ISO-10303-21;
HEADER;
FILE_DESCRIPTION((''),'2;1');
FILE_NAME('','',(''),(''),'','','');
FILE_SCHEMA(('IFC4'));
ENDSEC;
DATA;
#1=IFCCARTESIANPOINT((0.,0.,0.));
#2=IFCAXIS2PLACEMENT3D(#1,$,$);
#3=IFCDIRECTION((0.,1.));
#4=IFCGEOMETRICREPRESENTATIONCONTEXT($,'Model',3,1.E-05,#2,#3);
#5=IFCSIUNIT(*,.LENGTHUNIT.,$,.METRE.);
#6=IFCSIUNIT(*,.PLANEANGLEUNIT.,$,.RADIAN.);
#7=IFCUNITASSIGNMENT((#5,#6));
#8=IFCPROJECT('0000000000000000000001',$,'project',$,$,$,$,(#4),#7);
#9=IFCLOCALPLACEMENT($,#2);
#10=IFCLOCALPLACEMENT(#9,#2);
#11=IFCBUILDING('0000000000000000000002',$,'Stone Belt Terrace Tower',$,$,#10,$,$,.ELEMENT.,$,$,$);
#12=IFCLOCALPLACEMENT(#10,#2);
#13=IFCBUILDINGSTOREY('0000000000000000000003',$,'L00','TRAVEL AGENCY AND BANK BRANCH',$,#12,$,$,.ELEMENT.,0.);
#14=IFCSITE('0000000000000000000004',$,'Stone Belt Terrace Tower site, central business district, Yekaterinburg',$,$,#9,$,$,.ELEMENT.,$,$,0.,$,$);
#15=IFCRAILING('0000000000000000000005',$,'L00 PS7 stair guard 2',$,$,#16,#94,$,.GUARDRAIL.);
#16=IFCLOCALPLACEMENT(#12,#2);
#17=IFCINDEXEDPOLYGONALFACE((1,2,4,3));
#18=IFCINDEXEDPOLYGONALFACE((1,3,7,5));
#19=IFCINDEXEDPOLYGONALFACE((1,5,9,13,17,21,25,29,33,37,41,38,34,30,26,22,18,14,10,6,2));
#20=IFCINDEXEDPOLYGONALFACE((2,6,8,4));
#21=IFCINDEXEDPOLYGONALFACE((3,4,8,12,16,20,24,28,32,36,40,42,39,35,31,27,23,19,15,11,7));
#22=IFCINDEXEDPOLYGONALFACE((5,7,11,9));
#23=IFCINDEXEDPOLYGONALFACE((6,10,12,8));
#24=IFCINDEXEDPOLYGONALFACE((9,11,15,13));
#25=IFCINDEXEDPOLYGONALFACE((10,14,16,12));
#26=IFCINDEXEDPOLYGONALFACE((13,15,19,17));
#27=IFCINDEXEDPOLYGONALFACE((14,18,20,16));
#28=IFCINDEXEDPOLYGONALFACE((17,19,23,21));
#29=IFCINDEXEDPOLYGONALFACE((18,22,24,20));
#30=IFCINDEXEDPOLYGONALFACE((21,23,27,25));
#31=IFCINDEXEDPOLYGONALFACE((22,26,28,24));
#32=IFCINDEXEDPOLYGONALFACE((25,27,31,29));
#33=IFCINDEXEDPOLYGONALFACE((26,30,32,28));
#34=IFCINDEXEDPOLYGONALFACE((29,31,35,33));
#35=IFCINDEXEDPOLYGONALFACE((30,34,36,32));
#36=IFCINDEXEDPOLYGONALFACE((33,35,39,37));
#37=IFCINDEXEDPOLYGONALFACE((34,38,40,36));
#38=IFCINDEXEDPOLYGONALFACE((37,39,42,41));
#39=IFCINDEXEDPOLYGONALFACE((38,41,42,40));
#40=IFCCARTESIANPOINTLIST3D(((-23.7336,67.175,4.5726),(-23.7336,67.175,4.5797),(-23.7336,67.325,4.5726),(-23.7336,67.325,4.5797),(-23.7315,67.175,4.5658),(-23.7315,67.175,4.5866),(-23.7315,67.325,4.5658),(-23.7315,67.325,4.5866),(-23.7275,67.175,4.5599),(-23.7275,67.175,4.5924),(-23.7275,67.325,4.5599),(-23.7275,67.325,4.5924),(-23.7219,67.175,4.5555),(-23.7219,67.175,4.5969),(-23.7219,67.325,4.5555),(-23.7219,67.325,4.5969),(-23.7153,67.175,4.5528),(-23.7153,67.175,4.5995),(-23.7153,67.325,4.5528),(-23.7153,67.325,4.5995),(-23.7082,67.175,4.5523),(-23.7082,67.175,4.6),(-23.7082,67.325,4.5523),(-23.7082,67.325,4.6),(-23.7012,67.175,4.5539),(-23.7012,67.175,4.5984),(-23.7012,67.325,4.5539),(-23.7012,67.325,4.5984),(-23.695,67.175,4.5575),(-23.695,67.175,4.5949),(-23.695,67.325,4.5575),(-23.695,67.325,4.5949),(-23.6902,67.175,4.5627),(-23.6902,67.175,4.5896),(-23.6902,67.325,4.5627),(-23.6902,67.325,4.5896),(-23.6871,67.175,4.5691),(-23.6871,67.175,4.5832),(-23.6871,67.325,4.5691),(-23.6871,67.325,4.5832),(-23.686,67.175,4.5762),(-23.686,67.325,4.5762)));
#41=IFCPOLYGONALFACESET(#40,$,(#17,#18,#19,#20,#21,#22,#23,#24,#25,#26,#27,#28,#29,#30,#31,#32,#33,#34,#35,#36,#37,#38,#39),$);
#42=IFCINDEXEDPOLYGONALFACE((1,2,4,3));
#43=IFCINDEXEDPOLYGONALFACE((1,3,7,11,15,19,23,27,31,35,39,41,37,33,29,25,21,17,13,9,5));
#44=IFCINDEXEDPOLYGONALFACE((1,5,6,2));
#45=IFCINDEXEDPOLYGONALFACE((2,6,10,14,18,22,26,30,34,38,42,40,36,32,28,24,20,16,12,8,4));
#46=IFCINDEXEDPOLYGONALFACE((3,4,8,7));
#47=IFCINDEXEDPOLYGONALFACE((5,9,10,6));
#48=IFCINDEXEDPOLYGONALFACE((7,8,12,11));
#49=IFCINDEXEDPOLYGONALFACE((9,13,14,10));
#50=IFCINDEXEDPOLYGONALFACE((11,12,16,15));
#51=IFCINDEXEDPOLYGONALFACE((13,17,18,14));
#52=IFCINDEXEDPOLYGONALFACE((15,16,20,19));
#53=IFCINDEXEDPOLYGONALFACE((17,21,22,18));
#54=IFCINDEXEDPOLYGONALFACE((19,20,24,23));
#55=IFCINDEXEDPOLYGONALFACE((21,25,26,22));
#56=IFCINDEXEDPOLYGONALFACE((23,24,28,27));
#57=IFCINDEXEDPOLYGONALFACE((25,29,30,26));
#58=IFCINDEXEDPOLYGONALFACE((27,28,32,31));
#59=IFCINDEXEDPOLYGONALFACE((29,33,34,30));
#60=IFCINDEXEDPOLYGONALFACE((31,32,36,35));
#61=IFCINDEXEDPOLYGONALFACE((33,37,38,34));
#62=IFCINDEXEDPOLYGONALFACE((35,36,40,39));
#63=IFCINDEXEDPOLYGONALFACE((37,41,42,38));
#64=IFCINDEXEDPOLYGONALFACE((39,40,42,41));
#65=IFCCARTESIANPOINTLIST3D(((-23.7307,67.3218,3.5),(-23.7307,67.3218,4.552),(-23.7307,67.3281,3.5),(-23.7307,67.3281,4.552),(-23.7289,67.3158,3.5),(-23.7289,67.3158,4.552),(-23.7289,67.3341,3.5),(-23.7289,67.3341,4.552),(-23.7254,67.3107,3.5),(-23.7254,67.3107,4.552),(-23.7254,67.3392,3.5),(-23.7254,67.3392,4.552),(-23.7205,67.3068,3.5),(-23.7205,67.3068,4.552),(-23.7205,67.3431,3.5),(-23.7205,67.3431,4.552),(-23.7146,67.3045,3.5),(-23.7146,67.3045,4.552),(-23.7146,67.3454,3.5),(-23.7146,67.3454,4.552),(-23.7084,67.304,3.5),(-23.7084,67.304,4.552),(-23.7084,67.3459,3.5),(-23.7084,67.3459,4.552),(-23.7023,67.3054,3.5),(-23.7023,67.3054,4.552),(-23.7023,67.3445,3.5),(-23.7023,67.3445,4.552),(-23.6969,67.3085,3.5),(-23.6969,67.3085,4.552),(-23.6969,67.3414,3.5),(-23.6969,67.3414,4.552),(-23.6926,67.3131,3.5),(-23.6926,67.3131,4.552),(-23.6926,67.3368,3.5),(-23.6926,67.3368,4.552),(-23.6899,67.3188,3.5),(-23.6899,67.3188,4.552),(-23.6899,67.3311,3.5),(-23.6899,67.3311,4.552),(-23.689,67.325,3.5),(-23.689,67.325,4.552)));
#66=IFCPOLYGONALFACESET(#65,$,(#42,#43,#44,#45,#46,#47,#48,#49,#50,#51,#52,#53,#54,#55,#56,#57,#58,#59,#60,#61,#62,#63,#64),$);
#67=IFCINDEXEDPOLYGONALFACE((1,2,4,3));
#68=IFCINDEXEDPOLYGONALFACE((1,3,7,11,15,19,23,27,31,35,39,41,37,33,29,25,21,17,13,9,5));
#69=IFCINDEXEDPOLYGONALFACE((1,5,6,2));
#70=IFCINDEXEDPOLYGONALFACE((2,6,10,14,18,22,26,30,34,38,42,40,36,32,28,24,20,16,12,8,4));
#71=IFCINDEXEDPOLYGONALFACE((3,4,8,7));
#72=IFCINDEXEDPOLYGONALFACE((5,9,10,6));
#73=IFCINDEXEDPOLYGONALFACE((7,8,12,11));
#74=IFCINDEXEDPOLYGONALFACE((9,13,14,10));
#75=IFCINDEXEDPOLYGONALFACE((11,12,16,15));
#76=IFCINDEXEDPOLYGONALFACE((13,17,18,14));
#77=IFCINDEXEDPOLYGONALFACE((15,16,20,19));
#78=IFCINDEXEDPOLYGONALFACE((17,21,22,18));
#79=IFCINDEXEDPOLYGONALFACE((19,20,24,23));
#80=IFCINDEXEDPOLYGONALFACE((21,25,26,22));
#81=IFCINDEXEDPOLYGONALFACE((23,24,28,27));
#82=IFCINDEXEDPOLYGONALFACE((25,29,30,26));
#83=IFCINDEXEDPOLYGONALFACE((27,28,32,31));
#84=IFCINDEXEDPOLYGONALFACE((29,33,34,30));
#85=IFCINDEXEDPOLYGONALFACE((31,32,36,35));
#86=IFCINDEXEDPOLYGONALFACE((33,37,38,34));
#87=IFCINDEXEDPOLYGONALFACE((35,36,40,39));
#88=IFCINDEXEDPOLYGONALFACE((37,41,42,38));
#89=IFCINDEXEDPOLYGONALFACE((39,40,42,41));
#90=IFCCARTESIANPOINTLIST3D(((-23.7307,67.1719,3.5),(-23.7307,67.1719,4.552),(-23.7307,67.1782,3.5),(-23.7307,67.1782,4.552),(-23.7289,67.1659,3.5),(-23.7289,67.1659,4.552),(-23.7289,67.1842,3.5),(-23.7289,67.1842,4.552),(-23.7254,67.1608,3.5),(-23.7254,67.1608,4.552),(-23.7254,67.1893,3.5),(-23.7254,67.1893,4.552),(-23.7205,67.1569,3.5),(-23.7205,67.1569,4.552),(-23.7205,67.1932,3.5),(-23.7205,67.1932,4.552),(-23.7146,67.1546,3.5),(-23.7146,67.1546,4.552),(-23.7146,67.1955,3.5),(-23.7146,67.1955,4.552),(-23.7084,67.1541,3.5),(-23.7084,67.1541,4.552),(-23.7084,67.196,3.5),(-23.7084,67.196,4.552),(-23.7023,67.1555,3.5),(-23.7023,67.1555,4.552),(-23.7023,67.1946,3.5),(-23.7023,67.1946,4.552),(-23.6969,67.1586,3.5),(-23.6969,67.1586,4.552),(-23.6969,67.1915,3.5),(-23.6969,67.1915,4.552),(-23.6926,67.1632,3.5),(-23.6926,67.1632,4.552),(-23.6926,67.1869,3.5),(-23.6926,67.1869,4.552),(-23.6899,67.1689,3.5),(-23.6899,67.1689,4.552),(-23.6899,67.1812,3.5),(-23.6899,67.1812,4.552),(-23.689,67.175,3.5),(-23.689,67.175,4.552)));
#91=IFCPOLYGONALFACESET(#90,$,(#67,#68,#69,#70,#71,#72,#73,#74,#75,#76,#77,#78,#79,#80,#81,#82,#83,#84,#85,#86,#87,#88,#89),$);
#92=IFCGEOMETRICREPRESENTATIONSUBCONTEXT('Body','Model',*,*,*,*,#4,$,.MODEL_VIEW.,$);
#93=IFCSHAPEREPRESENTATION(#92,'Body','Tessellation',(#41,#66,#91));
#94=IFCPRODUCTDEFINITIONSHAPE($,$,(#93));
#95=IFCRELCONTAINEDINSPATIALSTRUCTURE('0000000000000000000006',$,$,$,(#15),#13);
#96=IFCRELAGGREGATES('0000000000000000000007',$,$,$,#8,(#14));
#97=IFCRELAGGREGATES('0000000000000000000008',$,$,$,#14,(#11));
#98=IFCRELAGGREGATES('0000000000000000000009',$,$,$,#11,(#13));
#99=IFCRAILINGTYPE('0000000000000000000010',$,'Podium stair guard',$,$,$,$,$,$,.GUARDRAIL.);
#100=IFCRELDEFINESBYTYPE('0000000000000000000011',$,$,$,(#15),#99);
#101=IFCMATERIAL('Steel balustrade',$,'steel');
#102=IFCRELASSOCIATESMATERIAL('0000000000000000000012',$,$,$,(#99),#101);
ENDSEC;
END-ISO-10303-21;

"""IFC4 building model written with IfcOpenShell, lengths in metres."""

from ifc_helpers import new_model, si_unit, direction, frame, origin, origin_2d, place, context, subcontext, project, spatial, circle, extrude, material, type_object, element, save


model = new_model("IFC4")

# Units and contexts
model_context = context("Model", 3, precision=1e-05, world=origin(), true_north=direction((0.0, 1.0)))
body_context = subcontext(model_context, "Body", "Model", "MODEL_VIEW")
ifc_project = project(units=[si_unit("LENGTHUNIT", "METRE"), si_unit("PLANEANGLEUNIT", "RADIAN")], contexts=[model_context])

# Site, building, storey
site_placement = place(None, origin())
site = spatial("IfcSite", under=ifc_project, at=site_placement, Name="Stone Belt Terrace Tower site, central business district, Yekaterinburg", CompositionType="ELEMENT", RefElevation=0.0)
building_placement = place(site_placement, origin())
building = spatial("IfcBuilding", under=site, at=building_placement, Name="Stone Belt Terrace Tower", CompositionType="ELEMENT")
storey_placement = place(building_placement, origin())
storey = spatial("IfcBuildingStorey", under=building, at=storey_placement, Name="L00", Description="TRAVEL AGENCY AND BANK BRANCH", CompositionType="ELEMENT", Elevation=0.0)

# Railing
ifc_material_1 = material(Name="Steel balustrade", Category="steel")
railing_type_1 = type_object("IfcRailingType", Name="Podium stair guard", PredefinedType="GUARDRAIL", material=ifc_material_1)
railing_1_placement = place(storey_placement, frame((-23.71, 67.325, 3.5)))
element("IfcRailing", 1, at=railing_1_placement, inside=storey, type_object=railing_type_1, Name="L00 PS7 stair guard 2", PredefinedType="GUARDRAIL", context=body_context, shape_type="SweptSolid", body=[
    extrude(circle(Radius=0.0239, at=origin_2d()), frame((0.0, 0.0, 1.0762), z_axis=(0.0, -1.0, 0.0), x_axis=(1.0, 0.0, 0.0)), (0.0, 0.0, 1.0), 0.1499),
    extrude(circle(Radius=0.021, at=origin_2d()), origin(), (0.0, 0.0, 1.0), 1.052),
    extrude(circle(Radius=0.021, at=origin_2d()), frame((0.0, -0.1499, 0.0)), (0.0, 0.0, 1.0), 1.052),
])

save(model, "model.ifc")
